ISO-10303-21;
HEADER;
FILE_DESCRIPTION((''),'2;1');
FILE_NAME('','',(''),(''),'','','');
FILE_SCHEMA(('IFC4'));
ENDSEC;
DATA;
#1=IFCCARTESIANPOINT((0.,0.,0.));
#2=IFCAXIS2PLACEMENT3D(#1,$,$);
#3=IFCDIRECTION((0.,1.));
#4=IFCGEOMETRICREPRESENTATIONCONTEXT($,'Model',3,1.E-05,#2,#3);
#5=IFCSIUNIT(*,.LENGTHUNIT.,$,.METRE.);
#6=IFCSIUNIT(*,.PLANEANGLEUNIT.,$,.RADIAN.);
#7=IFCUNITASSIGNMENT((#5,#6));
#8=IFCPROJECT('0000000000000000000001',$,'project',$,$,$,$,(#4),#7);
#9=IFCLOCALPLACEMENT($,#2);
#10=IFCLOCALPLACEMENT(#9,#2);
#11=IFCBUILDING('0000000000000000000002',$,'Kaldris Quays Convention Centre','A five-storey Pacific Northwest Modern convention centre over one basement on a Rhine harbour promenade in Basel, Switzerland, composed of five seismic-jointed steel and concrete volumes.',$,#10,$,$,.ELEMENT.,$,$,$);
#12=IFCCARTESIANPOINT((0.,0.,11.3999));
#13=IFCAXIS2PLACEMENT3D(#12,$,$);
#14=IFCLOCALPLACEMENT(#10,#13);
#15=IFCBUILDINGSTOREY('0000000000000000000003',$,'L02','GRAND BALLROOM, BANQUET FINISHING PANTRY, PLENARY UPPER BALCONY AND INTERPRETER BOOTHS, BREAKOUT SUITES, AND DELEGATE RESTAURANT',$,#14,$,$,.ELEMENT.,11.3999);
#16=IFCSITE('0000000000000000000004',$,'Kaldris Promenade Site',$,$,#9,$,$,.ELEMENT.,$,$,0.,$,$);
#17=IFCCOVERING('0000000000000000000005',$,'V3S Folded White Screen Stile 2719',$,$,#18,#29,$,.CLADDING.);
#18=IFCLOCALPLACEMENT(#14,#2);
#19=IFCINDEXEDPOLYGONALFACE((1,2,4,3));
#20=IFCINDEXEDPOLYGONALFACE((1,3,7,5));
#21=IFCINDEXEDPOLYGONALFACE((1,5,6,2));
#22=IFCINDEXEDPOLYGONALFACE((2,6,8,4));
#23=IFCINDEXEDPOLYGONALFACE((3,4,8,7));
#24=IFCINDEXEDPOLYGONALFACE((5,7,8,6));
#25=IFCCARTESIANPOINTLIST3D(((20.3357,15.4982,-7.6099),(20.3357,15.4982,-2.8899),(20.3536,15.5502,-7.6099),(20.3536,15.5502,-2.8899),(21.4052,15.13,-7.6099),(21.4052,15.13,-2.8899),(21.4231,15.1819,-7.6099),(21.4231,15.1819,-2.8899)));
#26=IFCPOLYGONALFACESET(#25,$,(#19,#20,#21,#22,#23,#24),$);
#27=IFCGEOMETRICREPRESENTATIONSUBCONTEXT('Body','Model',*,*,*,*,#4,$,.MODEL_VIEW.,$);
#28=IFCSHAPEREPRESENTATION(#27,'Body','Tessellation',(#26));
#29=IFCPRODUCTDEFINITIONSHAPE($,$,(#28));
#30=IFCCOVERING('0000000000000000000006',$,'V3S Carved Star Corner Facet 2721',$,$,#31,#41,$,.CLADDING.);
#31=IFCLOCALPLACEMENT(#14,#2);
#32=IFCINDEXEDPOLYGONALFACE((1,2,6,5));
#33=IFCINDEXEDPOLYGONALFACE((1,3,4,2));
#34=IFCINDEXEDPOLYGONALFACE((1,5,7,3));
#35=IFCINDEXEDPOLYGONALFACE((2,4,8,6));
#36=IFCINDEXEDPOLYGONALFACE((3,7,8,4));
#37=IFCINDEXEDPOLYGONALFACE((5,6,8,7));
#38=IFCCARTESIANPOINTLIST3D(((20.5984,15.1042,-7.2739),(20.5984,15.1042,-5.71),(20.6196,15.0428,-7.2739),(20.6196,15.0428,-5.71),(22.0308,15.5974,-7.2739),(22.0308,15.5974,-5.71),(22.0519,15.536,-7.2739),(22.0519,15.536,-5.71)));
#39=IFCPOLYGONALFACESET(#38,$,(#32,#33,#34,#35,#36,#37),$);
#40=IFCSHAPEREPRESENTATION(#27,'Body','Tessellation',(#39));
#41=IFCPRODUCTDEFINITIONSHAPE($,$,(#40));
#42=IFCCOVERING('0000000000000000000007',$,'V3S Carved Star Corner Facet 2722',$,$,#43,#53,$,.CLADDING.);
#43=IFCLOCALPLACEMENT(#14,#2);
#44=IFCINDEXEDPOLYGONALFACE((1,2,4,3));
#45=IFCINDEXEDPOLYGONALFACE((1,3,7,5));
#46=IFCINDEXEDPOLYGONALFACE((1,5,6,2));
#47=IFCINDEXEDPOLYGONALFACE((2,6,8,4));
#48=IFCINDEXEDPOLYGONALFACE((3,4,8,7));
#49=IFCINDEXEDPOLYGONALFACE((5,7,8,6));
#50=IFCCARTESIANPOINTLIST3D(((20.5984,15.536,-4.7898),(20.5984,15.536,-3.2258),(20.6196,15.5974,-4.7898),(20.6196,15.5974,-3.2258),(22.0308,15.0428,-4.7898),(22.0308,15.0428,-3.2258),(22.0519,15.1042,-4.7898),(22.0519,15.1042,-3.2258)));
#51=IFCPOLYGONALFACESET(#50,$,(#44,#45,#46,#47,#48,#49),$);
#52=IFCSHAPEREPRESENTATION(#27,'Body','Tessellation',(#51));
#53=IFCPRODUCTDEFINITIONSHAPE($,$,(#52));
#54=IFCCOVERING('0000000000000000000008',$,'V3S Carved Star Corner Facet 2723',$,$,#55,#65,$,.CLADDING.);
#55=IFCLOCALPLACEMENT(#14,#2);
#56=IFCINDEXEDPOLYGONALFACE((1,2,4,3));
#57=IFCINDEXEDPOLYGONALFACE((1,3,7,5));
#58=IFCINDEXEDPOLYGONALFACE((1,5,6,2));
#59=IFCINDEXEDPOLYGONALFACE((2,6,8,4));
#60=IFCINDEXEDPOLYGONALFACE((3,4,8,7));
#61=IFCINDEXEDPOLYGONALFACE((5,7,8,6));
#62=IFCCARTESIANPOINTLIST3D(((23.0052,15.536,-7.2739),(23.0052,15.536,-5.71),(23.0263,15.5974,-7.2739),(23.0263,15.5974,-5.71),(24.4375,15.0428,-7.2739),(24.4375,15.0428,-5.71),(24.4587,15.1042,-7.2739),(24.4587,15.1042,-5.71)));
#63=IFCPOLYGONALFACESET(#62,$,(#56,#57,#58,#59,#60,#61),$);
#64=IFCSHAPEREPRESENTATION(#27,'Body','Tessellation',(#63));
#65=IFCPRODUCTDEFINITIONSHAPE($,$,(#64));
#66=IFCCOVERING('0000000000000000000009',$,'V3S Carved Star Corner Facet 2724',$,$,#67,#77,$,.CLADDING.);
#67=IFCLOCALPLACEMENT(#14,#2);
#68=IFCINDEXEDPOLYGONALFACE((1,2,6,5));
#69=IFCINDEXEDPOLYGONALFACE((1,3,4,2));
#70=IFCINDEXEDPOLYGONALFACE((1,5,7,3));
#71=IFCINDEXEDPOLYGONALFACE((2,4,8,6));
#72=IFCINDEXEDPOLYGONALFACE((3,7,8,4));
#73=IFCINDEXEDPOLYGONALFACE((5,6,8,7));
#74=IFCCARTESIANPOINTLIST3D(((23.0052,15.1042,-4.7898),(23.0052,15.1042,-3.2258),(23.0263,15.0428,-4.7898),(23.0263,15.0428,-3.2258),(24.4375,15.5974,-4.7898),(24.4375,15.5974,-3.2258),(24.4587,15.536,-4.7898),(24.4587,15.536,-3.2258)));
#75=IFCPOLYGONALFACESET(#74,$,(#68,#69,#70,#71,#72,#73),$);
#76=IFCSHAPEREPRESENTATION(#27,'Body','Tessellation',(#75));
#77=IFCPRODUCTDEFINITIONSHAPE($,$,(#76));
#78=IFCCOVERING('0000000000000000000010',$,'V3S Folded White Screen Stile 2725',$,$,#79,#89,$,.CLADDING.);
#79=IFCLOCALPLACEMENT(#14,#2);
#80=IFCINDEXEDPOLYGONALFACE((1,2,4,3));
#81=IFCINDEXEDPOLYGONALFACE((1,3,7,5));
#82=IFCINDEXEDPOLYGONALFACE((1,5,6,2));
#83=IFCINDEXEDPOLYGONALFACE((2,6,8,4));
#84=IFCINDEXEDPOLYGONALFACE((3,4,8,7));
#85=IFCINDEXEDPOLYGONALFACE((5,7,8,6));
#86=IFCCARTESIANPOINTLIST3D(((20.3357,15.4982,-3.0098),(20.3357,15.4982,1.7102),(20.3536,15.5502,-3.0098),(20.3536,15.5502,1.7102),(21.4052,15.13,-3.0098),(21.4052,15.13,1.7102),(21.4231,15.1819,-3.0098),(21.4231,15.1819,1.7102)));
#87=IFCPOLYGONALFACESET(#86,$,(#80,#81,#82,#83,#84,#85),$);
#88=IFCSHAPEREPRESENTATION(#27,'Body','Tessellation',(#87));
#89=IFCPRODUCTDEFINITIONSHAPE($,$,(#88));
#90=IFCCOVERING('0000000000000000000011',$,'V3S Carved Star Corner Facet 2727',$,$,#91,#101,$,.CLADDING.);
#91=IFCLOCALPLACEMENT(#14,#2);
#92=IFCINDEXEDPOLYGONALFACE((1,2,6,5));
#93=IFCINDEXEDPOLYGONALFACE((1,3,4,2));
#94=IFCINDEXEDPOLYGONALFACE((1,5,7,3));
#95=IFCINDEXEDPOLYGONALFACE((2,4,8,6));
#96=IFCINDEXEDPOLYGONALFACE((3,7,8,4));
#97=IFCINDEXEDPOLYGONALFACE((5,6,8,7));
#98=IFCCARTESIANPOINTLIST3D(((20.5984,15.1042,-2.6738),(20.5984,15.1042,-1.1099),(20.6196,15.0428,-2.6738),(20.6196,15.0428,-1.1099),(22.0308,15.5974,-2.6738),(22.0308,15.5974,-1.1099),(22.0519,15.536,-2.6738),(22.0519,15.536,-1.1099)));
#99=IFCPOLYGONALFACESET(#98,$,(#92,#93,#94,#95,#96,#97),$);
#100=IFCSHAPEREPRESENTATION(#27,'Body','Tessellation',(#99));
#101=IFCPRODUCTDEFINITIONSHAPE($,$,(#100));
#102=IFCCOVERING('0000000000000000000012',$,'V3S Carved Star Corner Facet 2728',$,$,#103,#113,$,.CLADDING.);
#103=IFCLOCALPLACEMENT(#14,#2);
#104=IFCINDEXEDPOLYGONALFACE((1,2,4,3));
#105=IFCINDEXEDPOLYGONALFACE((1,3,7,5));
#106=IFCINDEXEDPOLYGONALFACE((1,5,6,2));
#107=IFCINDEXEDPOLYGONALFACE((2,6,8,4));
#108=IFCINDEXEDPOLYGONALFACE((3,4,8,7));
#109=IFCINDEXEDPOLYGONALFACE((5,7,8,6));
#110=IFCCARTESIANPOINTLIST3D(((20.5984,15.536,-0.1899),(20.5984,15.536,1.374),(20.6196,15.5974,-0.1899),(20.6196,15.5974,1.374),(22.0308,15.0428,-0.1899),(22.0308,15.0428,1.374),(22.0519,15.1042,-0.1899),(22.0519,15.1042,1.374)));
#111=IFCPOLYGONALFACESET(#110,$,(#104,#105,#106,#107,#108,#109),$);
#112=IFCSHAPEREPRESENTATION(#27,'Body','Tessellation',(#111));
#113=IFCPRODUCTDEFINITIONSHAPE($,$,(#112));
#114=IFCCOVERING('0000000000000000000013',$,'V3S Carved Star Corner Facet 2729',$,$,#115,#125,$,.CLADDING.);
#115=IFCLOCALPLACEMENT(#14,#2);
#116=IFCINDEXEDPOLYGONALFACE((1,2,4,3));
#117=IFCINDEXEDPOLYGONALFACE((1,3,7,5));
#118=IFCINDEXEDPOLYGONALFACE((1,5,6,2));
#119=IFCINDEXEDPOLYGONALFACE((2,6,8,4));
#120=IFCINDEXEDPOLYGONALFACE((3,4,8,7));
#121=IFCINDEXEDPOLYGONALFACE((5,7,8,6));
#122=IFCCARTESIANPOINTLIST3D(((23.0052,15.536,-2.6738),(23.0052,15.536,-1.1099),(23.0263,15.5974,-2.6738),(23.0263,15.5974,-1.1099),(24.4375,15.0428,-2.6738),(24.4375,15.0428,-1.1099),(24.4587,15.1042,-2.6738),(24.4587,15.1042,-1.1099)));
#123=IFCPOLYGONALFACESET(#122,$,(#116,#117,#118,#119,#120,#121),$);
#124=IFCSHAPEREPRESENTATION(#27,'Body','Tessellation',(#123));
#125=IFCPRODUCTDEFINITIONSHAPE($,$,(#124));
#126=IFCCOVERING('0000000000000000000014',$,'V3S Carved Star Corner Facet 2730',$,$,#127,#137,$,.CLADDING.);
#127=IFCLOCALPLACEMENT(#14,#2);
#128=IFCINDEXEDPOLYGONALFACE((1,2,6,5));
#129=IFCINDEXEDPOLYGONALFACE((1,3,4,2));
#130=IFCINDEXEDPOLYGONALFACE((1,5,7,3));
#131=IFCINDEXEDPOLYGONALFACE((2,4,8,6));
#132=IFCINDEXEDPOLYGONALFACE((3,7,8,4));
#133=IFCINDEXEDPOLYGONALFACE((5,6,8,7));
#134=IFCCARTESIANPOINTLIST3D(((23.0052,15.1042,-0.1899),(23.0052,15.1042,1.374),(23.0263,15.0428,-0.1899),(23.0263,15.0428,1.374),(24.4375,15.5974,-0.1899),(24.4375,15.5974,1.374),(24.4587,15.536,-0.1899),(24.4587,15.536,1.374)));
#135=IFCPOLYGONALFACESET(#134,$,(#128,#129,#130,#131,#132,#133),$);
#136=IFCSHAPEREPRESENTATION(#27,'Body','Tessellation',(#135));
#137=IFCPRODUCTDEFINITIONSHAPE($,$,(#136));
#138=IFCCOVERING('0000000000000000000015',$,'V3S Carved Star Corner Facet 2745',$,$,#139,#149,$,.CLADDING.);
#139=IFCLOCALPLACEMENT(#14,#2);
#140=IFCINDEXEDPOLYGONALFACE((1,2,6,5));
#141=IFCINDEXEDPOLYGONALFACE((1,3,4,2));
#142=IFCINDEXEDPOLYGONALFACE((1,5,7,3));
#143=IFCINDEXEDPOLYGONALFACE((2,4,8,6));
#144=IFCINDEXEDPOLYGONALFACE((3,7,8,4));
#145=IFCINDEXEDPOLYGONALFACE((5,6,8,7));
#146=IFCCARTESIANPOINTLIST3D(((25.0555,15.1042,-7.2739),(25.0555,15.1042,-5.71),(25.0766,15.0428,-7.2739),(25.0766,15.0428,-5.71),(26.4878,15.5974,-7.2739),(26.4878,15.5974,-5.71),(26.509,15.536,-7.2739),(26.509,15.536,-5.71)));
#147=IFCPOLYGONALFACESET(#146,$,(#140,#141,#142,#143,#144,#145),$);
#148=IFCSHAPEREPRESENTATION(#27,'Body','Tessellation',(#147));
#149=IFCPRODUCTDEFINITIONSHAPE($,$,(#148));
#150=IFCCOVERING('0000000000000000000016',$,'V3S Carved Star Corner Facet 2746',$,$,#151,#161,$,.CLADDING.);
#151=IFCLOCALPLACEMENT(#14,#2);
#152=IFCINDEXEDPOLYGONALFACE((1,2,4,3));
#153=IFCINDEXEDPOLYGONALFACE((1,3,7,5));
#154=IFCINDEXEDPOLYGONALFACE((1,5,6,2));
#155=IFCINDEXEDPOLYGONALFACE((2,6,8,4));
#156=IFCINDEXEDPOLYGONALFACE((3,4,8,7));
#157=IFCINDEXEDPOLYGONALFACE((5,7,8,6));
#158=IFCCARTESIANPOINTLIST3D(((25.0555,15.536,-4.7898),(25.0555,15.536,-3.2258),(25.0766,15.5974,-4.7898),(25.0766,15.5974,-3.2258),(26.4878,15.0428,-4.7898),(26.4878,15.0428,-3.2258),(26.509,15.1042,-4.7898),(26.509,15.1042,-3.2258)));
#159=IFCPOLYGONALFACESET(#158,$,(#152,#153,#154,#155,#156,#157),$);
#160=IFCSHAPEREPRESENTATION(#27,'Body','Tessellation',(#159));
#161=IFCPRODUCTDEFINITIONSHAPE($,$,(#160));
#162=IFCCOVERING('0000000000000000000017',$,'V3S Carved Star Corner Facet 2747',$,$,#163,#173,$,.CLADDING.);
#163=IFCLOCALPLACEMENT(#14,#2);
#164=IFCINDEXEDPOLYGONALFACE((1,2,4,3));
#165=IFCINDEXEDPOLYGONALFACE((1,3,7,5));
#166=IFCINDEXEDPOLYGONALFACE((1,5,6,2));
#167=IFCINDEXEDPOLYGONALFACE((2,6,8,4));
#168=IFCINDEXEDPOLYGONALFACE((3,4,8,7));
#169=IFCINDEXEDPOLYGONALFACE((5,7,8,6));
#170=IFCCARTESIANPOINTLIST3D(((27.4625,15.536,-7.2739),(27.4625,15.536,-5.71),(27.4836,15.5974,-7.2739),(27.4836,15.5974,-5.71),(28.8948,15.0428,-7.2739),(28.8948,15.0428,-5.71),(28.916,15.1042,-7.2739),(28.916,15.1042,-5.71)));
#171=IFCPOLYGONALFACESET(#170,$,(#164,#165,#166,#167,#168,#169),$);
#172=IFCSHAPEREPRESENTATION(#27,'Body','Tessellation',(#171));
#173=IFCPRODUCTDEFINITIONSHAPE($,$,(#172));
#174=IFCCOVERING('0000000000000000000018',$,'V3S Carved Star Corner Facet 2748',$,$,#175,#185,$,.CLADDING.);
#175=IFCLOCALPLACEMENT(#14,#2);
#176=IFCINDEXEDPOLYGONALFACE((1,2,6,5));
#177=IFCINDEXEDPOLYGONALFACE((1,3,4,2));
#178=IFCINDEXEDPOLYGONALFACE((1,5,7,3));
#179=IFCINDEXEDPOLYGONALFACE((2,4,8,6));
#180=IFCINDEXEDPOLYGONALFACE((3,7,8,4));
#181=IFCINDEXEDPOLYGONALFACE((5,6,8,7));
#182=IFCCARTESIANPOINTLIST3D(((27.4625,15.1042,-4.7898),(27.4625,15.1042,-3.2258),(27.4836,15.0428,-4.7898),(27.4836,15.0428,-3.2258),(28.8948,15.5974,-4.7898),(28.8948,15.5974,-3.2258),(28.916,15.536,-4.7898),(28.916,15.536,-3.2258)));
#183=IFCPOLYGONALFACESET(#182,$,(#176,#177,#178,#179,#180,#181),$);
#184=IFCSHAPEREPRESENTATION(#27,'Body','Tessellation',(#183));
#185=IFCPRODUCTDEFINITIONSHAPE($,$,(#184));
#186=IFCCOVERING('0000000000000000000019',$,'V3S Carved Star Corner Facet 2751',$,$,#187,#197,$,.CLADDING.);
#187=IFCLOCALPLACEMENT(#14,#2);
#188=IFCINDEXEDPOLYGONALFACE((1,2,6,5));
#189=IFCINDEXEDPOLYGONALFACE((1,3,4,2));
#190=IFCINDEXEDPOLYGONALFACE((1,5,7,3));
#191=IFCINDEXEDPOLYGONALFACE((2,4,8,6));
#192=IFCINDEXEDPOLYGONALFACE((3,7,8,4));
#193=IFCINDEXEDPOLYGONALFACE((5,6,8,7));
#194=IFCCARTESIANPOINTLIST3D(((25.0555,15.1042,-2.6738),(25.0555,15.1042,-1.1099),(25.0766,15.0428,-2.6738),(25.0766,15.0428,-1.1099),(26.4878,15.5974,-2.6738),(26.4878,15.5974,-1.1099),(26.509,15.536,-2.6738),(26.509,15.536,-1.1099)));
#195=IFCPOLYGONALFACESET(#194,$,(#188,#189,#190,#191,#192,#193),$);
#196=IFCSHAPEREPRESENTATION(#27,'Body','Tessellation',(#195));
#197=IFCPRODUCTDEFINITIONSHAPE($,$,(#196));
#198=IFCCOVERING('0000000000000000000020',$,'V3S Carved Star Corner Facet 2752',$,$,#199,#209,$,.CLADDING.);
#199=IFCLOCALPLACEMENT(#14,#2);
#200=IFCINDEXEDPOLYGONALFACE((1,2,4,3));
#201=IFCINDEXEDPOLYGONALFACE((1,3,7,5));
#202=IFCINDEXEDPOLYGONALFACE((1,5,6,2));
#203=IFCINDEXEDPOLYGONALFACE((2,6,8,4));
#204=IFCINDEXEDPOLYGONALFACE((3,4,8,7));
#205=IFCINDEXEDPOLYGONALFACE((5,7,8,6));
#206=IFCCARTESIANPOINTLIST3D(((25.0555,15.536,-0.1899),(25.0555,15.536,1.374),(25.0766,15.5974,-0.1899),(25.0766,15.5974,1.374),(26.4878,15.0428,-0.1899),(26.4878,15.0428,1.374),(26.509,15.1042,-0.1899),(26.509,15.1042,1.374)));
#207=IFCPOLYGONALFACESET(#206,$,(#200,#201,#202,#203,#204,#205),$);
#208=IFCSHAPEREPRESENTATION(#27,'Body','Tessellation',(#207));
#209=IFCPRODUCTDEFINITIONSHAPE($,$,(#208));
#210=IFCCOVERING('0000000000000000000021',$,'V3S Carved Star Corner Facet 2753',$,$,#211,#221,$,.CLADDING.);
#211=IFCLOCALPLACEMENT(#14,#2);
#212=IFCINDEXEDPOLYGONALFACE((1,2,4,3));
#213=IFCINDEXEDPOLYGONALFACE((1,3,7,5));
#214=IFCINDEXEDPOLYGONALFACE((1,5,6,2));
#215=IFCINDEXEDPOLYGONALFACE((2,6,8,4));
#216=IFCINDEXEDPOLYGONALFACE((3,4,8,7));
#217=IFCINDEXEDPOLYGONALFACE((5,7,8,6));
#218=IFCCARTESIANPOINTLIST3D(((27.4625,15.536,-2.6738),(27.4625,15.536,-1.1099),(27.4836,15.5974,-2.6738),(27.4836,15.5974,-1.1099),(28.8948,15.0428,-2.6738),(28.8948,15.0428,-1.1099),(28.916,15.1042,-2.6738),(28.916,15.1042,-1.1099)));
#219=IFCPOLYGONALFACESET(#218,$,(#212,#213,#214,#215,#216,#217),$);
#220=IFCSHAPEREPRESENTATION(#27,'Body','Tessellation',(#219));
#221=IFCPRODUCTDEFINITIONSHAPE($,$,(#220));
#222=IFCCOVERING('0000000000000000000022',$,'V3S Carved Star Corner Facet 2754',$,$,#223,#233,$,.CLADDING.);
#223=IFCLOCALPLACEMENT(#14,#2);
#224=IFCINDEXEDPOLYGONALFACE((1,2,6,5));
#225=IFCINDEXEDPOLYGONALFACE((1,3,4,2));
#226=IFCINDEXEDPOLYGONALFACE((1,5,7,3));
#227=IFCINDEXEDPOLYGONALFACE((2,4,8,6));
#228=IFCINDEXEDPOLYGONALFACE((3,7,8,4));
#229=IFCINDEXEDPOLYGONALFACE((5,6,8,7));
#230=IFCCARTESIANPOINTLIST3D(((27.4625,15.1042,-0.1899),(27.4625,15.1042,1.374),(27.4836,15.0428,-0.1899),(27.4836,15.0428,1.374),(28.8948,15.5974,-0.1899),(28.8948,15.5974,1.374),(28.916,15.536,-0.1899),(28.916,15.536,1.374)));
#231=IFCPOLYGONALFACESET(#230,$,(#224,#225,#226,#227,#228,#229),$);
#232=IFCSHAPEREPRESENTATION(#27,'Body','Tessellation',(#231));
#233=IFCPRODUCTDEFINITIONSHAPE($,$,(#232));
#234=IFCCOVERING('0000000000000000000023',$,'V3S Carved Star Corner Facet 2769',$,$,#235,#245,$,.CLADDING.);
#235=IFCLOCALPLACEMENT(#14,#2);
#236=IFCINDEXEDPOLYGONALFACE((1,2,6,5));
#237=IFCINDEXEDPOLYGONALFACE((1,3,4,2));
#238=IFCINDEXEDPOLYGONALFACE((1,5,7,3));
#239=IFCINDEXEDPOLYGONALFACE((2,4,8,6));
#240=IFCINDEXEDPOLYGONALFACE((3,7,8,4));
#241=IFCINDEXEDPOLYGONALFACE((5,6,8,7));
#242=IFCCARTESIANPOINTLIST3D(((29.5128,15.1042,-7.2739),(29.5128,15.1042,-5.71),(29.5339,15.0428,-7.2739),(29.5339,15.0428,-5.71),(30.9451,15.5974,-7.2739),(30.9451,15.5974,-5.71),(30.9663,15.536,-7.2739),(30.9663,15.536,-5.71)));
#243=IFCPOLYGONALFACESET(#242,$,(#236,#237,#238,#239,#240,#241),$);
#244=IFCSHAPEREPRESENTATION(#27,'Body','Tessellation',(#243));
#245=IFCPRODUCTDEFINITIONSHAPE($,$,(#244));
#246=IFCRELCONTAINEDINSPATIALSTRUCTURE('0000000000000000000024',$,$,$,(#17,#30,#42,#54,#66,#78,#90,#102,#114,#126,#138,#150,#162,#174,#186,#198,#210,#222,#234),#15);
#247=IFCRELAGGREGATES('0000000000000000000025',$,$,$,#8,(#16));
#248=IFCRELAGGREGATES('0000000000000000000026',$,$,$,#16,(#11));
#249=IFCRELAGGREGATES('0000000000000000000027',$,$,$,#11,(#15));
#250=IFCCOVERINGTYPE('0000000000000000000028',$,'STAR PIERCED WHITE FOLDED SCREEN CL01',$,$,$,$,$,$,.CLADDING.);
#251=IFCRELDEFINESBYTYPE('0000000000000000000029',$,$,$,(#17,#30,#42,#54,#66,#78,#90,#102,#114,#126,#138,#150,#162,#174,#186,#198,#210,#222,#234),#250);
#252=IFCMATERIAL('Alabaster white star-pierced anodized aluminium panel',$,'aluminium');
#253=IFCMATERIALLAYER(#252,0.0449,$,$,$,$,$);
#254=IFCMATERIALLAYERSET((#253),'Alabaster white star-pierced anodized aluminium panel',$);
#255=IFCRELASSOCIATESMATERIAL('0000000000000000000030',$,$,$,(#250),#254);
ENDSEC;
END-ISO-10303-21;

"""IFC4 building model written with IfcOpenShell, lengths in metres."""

from ifc_helpers import new_model, si_unit, direction, frame, origin, origin_2d, place, context, subcontext, project, spatial, rectangle, extrude, material, layer, layer_set, type_object, element, save


model = new_model("IFC4")

# Units and contexts
model_context = context("Model", 3, precision=1e-05, world=origin(), true_north=direction((0.0, 1.0)))
body_context = subcontext(model_context, "Body", "Model", "MODEL_VIEW")
ifc_project = project(units=[si_unit("LENGTHUNIT", "METRE"), si_unit("PLANEANGLEUNIT", "RADIAN")], contexts=[model_context])

# Site, building, storey
site_placement = place(None, origin())
site = spatial("IfcSite", under=ifc_project, at=site_placement, Name="Kaldris Promenade Site", CompositionType="ELEMENT", RefElevation=0.0)
building_placement = place(site_placement, origin())
building = spatial("IfcBuilding", under=site, at=building_placement, Name="Kaldris Quays Convention Centre", Description="A five-storey Pacific Northwest Modern convention centre over one basement on a Rhine harbour promenade in Basel, Switzerland, composed of five seismic-jointed steel and concrete volumes.", CompositionType="ELEMENT")
storey_placement = place(building_placement, frame((0.0, 0.0, 11.3999)))
storey = spatial("IfcBuildingStorey", under=building, at=storey_placement, Name="L02", Description="GRAND BALLROOM, BANQUET FINISHING PANTRY, PLENARY UPPER BALCONY AND INTERPRETER BOOTHS, BREAKOUT SUITES, AND DELEGATE RESTAURANT", CompositionType="ELEMENT", Elevation=11.3999)

# Coverings
ifc_material = material(Name="Alabaster white star-pierced anodized aluminium panel", Category="aluminium")
ifc_layer = layer(ifc_material, 0.0449)
ifc_layer_set = layer_set([ifc_layer], Name="Alabaster white star-pierced anodized aluminium panel")
covering_type = type_object("IfcCoveringType", Name="STAR PIERCED WHITE FOLDED SCREEN CL01", PredefinedType="CLADDING", material=ifc_layer_set)
covering_1_placement = place(storey_placement, frame((20.8794, 15.3401, -7.6099), z_axis=(0.0, 0.0, 1.0), x_axis=(0.945519, -0.325568, 0.0)))
element("IfcCovering", 1, at=covering_1_placement, inside=storey, type_object=covering_type, Name="V3S Folded White Screen Stile 2719", PredefinedType="CLADDING", context=body_context, shape_type="SweptSolid", body=[
    extrude(rectangle(XDim=1.1311, YDim=0.0549, at=origin_2d()), origin(), (0.0, 0.0, 1.0), 4.72),
])
for number, where, z_axis, x_axis, name in (
    (2, (21.3252, 15.3201, -7.2739), (0.0, 0.0, 1.0), (0.945519, 0.325568, 0.0), "V3S Carved Star Corner Facet 2721"),
    (3, (21.3252, 15.3201, -4.7898), (0.0, 0.0, 1.0), (0.945519, -0.325568, 0.0), "V3S Carved Star Corner Facet 2722"),
    (4, (23.7319, 15.3201, -7.2739), (0.0, 0.0, 1.0), (0.945519, -0.325568, 0.0), "V3S Carved Star Corner Facet 2723"),
    (5, (23.7319, 15.3201, -4.7898), (0.0, 0.0, 1.0), (0.945519, 0.325568, 0.0), "V3S Carved Star Corner Facet 2724"),
):
    element("IfcCovering", number, at=place(storey_placement, frame(where, z_axis=z_axis, x_axis=x_axis)), inside=storey, type_object=covering_type, Name=name, PredefinedType="CLADDING", context=body_context, shape_type="SweptSolid", body=[
        extrude(rectangle(XDim=1.5149, YDim=0.0649, at=origin_2d()), origin(), (0.0, 0.0, 1.0), 1.564),
    ])
covering_2_placement = place(storey_placement, frame((20.8794, 15.3401, -3.0098), z_axis=(0.0, 0.0, 1.0), x_axis=(0.945519, -0.325568, 0.0)))
element("IfcCovering", 6, at=covering_2_placement, inside=storey, type_object=covering_type, Name="V3S Folded White Screen Stile 2725", PredefinedType="CLADDING", context=body_context, shape_type="SweptSolid", body=[
    extrude(rectangle(XDim=1.1311, YDim=0.0549, at=origin_2d()), origin(), (0.0, 0.0, 1.0), 4.72),
])
for number, where, z_axis, x_axis, name in (
    (7, (21.3252, 15.3201, -2.6738), (0.0, 0.0, 1.0), (0.945519, 0.325568, 0.0), "V3S Carved Star Corner Facet 2727"),
    (8, (21.3252, 15.3201, -0.1899), (0.0, 0.0, 1.0), (0.945519, -0.325568, 0.0), "V3S Carved Star Corner Facet 2728"),
    (9, (23.7319, 15.3201, -2.6738), (0.0, 0.0, 1.0), (0.945519, -0.325568, 0.0), "V3S Carved Star Corner Facet 2729"),
    (10, (23.7319, 15.3201, -0.1899), (0.0, 0.0, 1.0), (0.945519, 0.325568, 0.0), "V3S Carved Star Corner Facet 2730"),
    (11, (25.7822, 15.3201, -7.2739), (0.0, 0.0, 1.0), (0.945519, 0.325568, 0.0), "V3S Carved Star Corner Facet 2745"),
    (12, (25.7822, 15.3201, -4.7898), (0.0, 0.0, 1.0), (0.945519, -0.325568, 0.0), "V3S Carved Star Corner Facet 2746"),
    (13, (28.1892, 15.3201, -7.2739), (0.0, 0.0, 1.0), (0.945519, -0.325568, 0.0), "V3S Carved Star Corner Facet 2747"),
    (14, (28.1892, 15.3201, -4.7898), (0.0, 0.0, 1.0), (0.945519, 0.325568, 0.0), "V3S Carved Star Corner Facet 2748"),
    (15, (25.7822, 15.3201, -2.6738), (0.0, 0.0, 1.0), (0.945519, 0.325568, 0.0), "V3S Carved Star Corner Facet 2751"),
    (16, (25.7822, 15.3201, -0.1899), (0.0, 0.0, 1.0), (0.945519, -0.325568, 0.0), "V3S Carved Star Corner Facet 2752"),
    (17, (28.1892, 15.3201, -2.6738), (0.0, 0.0, 1.0), (0.945519, -0.325568, 0.0), "V3S Carved Star Corner Facet 2753"),
    (18, (28.1892, 15.3201, -0.1899), (0.0, 0.0, 1.0), (0.945519, 0.325568, 0.0), "V3S Carved Star Corner Facet 2754"),
    (19, (30.2395, 15.3201, -7.2739), (0.0, 0.0, 1.0), (0.945519, 0.325568, 0.0), "V3S Carved Star Corner Facet 2769"),
):
    element("IfcCovering", number, at=place(storey_placement, frame(where, z_axis=z_axis, x_axis=x_axis)), inside=storey, type_object=covering_type, Name=name, PredefinedType="CLADDING", context=body_context, shape_type="SweptSolid", body=[
        extrude(rectangle(XDim=1.5149, YDim=0.0649, at=origin_2d()), origin(), (0.0, 0.0, 1.0), 1.564),
    ])

save(model, "model.ifc")
